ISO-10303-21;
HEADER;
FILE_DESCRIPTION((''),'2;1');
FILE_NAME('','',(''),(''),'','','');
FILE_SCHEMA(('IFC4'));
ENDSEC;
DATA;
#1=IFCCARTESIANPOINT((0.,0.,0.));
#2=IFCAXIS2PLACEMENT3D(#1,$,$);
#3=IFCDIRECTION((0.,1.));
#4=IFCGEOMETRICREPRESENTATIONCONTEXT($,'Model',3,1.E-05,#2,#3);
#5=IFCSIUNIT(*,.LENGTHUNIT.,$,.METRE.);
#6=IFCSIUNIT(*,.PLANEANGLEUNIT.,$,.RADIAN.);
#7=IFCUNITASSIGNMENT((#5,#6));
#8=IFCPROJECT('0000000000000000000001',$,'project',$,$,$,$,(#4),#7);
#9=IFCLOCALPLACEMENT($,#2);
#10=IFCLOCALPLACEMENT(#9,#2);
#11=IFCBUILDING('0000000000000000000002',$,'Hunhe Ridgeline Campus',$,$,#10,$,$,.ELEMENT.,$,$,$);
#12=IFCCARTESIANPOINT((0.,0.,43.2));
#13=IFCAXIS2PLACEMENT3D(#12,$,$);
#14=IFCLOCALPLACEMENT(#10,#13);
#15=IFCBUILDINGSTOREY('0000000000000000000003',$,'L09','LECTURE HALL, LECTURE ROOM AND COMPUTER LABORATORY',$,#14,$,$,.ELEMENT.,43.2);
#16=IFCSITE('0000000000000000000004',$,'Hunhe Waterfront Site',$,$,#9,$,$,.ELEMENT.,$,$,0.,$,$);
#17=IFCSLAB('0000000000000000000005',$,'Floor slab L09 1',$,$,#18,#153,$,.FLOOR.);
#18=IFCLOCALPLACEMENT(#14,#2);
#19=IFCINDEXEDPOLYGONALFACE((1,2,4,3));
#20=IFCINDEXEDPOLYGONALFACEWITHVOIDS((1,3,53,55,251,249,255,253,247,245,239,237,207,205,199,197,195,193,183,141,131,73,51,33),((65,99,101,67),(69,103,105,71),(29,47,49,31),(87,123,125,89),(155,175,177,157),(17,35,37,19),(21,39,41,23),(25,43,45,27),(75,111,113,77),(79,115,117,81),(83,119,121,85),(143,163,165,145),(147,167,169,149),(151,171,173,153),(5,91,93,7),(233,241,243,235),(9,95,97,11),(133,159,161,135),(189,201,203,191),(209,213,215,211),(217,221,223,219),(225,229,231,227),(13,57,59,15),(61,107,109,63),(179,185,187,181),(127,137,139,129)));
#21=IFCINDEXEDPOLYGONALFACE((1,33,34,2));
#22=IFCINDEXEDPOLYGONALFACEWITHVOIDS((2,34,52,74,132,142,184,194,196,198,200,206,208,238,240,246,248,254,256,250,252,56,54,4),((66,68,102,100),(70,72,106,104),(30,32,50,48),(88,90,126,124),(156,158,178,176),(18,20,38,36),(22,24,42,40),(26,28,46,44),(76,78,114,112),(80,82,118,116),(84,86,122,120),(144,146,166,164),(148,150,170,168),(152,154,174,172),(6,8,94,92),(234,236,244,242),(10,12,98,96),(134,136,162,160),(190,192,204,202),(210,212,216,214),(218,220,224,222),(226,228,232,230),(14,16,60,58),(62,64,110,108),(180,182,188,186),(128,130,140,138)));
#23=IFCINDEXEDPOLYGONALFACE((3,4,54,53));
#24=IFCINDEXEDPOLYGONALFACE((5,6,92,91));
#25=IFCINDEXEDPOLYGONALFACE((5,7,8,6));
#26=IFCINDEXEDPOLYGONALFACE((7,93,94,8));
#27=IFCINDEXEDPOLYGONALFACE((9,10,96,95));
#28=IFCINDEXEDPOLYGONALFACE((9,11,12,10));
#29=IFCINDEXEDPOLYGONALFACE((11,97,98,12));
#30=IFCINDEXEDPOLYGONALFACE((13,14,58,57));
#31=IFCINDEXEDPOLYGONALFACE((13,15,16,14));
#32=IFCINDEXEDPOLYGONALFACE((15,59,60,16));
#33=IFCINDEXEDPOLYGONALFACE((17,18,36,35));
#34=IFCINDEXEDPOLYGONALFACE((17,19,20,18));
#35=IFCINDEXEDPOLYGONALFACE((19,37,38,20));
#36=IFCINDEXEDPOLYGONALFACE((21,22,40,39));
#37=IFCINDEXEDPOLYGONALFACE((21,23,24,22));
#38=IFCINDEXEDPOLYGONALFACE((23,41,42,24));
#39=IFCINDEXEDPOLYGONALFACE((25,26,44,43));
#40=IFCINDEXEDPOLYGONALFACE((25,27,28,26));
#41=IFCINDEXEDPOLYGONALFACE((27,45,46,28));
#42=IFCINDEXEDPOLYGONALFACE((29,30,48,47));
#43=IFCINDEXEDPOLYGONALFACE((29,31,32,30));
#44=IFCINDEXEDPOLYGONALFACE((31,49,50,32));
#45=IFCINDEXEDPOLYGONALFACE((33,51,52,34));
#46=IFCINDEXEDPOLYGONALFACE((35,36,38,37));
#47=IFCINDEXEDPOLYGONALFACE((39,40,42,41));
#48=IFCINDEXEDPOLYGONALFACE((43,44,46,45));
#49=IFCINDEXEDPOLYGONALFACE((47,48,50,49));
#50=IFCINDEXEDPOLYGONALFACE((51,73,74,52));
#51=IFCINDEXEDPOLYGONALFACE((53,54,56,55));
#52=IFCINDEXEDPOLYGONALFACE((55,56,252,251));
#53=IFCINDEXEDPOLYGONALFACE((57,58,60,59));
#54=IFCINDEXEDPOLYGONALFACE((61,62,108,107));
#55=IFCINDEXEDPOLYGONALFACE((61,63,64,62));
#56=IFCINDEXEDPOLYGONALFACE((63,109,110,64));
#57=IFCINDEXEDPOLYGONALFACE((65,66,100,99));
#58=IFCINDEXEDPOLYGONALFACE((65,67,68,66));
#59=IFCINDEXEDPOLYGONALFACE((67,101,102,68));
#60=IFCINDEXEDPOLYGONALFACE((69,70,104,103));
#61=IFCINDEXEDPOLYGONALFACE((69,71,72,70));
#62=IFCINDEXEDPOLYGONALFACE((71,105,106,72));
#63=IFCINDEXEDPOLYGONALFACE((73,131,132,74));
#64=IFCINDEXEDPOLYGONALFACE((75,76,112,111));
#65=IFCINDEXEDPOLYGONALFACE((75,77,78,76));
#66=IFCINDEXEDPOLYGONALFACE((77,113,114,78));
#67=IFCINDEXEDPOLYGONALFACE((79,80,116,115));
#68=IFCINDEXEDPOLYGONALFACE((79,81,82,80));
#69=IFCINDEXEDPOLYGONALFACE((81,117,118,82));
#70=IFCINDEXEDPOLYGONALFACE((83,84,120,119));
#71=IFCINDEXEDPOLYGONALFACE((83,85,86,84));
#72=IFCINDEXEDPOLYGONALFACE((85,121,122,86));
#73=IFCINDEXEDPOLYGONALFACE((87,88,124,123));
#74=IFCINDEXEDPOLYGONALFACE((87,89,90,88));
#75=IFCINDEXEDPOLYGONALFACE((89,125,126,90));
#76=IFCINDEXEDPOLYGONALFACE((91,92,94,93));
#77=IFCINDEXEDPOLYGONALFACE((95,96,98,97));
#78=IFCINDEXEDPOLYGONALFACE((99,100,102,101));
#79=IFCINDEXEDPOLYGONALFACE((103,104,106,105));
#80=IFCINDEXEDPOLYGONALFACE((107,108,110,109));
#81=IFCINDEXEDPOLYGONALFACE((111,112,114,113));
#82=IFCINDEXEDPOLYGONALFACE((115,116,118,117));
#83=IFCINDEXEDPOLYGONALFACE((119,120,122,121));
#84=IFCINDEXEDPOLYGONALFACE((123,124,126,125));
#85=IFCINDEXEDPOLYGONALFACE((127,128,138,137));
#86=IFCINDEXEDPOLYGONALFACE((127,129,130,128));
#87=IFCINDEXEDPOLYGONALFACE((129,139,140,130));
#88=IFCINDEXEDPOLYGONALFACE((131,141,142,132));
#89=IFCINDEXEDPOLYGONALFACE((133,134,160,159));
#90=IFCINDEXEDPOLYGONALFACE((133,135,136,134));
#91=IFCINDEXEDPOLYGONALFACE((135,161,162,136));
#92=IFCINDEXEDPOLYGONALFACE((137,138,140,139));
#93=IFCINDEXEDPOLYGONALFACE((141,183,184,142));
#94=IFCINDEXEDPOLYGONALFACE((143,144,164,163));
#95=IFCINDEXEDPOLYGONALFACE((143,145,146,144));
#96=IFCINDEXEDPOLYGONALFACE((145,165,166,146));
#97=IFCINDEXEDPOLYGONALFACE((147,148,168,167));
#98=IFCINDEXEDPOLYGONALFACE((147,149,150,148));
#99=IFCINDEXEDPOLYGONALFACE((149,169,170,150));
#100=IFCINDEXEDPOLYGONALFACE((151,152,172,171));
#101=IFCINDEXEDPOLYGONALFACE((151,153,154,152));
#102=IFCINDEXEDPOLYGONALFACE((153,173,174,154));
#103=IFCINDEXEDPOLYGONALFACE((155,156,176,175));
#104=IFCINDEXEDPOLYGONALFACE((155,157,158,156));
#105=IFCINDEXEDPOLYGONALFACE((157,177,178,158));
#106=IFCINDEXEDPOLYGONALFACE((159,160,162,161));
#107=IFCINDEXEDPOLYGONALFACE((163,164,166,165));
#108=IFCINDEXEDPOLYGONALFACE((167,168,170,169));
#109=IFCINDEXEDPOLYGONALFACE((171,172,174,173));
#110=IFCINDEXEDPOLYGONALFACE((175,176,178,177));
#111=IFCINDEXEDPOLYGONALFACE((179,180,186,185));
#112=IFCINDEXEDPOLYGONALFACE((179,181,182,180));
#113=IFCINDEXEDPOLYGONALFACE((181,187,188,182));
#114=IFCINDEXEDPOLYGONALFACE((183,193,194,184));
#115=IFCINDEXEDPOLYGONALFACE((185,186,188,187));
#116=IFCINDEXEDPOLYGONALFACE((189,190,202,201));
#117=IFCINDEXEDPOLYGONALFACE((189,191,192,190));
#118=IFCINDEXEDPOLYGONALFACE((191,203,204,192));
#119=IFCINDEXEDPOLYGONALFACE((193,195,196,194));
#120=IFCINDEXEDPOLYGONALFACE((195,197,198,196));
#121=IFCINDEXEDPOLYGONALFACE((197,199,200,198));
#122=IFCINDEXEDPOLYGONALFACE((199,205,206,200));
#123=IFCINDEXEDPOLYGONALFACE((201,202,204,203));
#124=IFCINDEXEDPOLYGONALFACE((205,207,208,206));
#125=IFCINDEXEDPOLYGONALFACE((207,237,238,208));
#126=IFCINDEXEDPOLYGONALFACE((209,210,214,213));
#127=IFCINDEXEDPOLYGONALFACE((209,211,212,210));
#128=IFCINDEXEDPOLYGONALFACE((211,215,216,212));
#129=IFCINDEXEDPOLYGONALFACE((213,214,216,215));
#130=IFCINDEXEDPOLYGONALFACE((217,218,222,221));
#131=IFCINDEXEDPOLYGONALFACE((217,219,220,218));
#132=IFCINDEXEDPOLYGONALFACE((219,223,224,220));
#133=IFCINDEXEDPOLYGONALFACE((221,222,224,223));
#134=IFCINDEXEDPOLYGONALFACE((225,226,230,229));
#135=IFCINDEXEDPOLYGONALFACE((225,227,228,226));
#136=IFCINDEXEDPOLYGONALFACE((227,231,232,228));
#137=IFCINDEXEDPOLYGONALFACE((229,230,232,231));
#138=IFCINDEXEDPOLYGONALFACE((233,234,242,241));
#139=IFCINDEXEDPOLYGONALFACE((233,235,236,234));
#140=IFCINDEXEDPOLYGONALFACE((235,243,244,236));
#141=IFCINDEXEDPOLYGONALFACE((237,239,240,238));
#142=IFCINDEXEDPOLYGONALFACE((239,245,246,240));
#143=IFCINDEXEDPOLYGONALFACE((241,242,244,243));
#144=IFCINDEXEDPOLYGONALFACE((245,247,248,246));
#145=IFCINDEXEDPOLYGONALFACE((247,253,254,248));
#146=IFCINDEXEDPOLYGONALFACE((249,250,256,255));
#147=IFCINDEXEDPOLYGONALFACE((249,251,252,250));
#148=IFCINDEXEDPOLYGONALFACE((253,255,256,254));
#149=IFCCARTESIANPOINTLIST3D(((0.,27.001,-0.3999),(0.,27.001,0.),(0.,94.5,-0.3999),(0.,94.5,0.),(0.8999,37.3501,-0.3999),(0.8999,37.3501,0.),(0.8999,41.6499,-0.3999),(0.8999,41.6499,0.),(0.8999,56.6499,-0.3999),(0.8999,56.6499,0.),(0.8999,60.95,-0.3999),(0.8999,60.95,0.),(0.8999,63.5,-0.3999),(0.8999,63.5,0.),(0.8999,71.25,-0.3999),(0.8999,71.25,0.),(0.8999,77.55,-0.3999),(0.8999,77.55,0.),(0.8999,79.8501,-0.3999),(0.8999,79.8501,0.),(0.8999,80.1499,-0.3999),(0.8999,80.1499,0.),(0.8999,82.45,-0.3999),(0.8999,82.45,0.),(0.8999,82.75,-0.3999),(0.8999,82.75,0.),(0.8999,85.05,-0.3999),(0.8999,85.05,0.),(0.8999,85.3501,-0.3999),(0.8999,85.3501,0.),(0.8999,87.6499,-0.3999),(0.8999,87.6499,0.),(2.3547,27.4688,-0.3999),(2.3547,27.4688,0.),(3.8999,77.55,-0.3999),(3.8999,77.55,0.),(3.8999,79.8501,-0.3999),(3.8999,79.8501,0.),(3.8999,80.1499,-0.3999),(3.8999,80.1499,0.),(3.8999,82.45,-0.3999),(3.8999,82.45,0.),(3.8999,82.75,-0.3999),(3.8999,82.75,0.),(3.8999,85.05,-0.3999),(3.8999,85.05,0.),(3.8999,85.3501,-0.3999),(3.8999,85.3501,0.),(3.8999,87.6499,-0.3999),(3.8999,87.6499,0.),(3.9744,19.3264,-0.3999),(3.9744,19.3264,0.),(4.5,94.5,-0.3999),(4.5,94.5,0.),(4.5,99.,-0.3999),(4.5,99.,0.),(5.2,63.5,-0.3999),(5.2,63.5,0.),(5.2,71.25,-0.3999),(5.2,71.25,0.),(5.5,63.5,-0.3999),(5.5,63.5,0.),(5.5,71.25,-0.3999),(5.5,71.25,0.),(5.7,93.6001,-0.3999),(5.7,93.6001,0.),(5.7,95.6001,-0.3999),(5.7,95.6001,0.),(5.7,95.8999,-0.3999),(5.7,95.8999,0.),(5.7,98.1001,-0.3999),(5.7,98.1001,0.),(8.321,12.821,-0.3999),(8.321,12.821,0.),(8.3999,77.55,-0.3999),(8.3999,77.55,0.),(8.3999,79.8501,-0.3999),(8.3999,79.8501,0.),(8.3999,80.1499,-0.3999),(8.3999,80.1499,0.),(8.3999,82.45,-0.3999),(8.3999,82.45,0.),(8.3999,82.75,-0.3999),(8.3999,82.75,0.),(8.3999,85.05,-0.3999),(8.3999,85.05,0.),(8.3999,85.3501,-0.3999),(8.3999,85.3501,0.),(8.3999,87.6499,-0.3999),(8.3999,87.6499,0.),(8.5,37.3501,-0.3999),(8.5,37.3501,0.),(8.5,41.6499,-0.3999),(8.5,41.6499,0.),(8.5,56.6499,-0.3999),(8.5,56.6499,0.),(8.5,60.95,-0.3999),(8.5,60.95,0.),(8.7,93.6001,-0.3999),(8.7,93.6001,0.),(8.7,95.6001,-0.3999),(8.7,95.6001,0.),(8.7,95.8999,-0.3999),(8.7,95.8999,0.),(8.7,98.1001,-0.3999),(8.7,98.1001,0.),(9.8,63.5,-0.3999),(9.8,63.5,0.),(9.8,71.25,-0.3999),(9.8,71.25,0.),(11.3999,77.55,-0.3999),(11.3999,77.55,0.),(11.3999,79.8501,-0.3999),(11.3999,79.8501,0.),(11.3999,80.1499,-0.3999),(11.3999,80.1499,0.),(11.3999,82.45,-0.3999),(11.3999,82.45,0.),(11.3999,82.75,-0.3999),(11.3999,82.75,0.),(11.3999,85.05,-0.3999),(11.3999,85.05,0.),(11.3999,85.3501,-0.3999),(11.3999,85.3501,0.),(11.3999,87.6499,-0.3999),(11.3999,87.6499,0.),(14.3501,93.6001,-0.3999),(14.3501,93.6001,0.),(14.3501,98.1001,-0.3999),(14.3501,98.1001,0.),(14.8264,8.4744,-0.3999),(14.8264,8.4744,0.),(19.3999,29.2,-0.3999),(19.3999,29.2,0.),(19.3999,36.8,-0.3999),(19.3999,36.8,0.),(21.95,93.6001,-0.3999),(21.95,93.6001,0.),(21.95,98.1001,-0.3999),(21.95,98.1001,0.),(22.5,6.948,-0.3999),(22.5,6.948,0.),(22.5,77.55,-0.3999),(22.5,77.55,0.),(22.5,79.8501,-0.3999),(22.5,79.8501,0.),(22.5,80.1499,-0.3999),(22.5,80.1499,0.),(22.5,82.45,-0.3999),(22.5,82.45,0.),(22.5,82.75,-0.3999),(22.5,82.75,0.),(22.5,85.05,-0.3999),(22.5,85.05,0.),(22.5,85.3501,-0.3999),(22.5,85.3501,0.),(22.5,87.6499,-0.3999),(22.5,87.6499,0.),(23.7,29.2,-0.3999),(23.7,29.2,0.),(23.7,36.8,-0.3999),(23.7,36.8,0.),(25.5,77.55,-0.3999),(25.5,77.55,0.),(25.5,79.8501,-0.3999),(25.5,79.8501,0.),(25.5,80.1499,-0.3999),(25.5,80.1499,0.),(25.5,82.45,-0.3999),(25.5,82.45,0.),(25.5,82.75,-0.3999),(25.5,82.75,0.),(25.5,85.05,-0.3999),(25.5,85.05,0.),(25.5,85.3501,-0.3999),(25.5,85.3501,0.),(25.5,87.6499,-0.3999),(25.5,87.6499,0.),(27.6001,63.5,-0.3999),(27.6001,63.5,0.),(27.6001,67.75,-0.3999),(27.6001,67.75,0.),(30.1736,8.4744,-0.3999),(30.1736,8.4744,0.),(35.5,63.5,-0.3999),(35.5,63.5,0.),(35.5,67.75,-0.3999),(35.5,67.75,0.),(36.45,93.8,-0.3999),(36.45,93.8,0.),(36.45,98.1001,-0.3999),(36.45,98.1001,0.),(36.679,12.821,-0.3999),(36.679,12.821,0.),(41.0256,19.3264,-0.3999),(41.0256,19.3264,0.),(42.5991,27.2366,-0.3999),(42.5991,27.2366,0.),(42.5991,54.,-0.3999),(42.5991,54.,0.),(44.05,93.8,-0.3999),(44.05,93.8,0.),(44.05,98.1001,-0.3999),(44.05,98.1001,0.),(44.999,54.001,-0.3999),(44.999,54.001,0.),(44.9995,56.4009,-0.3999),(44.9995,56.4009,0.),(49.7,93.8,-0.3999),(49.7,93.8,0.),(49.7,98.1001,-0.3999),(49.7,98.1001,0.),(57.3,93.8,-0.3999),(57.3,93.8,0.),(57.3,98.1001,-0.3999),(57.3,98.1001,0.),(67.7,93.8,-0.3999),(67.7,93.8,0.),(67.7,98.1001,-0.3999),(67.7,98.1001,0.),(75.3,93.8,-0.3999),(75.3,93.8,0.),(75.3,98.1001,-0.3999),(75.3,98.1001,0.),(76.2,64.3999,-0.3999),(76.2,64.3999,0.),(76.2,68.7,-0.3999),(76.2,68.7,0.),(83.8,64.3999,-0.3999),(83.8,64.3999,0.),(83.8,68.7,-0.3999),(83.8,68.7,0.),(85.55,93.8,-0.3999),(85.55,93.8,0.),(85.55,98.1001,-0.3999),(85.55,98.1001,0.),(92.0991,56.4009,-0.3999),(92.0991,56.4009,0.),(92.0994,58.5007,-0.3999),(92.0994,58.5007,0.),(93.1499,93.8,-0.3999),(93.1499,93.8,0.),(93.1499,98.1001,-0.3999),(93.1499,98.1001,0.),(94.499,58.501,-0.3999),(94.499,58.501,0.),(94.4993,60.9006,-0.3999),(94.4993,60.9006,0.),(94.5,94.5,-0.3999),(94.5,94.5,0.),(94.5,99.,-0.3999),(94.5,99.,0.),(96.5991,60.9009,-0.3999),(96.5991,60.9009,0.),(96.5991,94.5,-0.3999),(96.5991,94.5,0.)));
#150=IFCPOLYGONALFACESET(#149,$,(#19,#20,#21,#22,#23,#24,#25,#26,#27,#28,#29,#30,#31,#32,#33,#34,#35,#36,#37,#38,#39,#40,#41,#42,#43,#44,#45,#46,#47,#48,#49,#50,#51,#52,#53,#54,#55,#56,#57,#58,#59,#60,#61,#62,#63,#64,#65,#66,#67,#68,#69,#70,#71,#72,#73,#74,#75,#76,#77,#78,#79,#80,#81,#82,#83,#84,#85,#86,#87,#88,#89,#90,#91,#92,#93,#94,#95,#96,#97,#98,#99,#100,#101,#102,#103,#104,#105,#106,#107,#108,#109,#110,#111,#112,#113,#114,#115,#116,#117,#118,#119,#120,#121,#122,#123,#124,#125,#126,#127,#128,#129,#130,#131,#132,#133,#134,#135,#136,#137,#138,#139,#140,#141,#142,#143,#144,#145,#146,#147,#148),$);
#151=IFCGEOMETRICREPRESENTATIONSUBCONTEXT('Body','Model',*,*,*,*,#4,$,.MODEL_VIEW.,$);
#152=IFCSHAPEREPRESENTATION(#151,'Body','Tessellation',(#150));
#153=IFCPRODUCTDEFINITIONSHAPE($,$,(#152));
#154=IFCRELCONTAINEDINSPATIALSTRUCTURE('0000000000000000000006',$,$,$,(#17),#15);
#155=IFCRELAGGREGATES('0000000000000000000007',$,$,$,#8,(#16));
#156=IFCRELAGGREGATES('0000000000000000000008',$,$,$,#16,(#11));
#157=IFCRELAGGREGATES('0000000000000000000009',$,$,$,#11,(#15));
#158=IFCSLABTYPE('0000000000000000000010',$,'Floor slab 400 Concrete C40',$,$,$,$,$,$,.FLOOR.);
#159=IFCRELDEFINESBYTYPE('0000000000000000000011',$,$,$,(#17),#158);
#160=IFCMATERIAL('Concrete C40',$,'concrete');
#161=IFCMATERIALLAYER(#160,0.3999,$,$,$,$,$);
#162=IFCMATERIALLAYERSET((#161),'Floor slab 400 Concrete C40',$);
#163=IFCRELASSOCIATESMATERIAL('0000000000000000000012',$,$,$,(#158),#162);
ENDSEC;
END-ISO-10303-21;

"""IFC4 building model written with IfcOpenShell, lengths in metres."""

from ifc_helpers import new_model, si_unit, direction, frame, origin, place, context, subcontext, project, spatial, polyline, outline, extrude, material, layer, layer_set, type_object, element, save


model = new_model("IFC4")

# Units and contexts
model_context = context("Model", 3, precision=1e-05, world=origin(), true_north=direction((0.0, 1.0)))
body_context = subcontext(model_context, "Body", "Model", "MODEL_VIEW")
ifc_project = project(units=[si_unit("LENGTHUNIT", "METRE"), si_unit("PLANEANGLEUNIT", "RADIAN")], contexts=[model_context])

# Site, building, storey
site_placement = place(None, origin())
site = spatial("IfcSite", under=ifc_project, at=site_placement, Name="Hunhe Waterfront Site", CompositionType="ELEMENT", RefElevation=0.0)
building_placement = place(site_placement, origin())
building = spatial("IfcBuilding", under=site, at=building_placement, Name="Hunhe Ridgeline Campus", CompositionType="ELEMENT")
storey_placement = place(building_placement, frame((0.0, 0.0, 43.2)))
storey = spatial("IfcBuildingStorey", under=building, at=storey_placement, Name="L09", Description="LECTURE HALL, LECTURE ROOM AND COMPUTER LABORATORY", CompositionType="ELEMENT", Elevation=43.2)

# Slab
ifc_material_1 = material(Name="Concrete C40", Category="concrete")
ifc_layer_1 = layer(ifc_material_1, 0.3999)
ifc_layer_set_1 = layer_set([ifc_layer_1], Name="Floor slab 400 Concrete C40")
slab_type_1 = type_object("IfcSlabType", Name="Floor slab 400 Concrete C40", PredefinedType="FLOOR", material=ifc_layer_set_1)
slab_1_placement = place(storey_placement, frame((0.0, 0.0, -0.3999)))
element("IfcSlab", 1, at=slab_1_placement, inside=storey, type_object=slab_type_1, Name="Floor slab L09 1", PredefinedType="FLOOR", context=body_context, shape_type="SweptSolid", body=[
    extrude(outline(polyline([(4.5, 94.5), (0.0, 94.5), (0.0, 27.001), (2.3547, 27.4688), (3.9744, 19.3264), (8.321, 12.821), (14.8264, 8.4744), (22.5, 6.948), (30.1736, 8.4744), (36.679, 12.821), (41.0256, 19.3264), (42.5991, 27.2366), (42.5991, 54.0), (44.999, 54.001), (44.9995, 56.4009), (92.0991, 56.4009), (92.0994, 58.5007), (94.499, 58.501), (94.4993, 60.9006), (96.5991, 60.9009), (96.5991, 94.5), (94.5, 94.5), (94.5, 99.0), (4.5, 99.0), (4.5, 94.5)]), holes=[polyline([(93.1499, 93.8), (93.1499, 98.1001), (85.55, 98.1001), (85.55, 93.8), (93.1499, 93.8)]), polyline([(76.2, 68.7), (76.2, 64.3999), (83.8, 64.3999), (83.8, 68.7), (76.2, 68.7)]), polyline([(75.3, 98.1001), (67.7, 98.1001), (67.7, 93.8), (75.3, 93.8), (75.3, 98.1001)]), polyline([(49.7, 98.1001), (49.7, 93.8), (57.3, 93.8), (57.3, 98.1001), (49.7, 98.1001)]), polyline([(36.45, 93.8), (44.05, 93.8), (44.05, 98.1001), (36.45, 98.1001), (36.45, 93.8)]), polyline([(35.5, 63.5), (35.5, 67.75), (27.6001, 67.75), (27.6001, 63.5), (35.5, 63.5)]), polyline([(25.5, 80.1499), (25.5, 82.45), (22.5, 82.45), (22.5, 80.1499), (25.5, 80.1499)]), polyline([(25.5, 79.8501), (22.5, 79.8501), (22.5, 77.55), (25.5, 77.55), (25.5, 79.8501)]), polyline([(22.5, 87.6499), (22.5, 85.3501), (25.5, 85.3501), (25.5, 87.6499), (22.5, 87.6499)]), polyline([(22.5, 82.75), (25.5, 82.75), (25.5, 85.05), (22.5, 85.05), (22.5, 82.75)]), polyline([(23.7, 29.2), (23.7, 36.8), (19.3999, 36.8), (19.3999, 29.2), (23.7, 29.2)]), polyline([(14.3501, 93.6001), (21.95, 93.6001), (21.95, 98.1001), (14.3501, 98.1001), (14.3501, 93.6001)]), polyline([(11.3999, 79.8501), (8.3999, 79.8501), (8.3999, 77.55), (11.3999, 77.55), (11.3999, 79.8501)]), polyline([(11.3999, 80.1499), (11.3999, 82.45), (8.3999, 82.45), (8.3999, 80.1499), (11.3999, 80.1499)]), polyline([(8.3999, 87.6499), (8.3999, 85.3501), (11.3999, 85.3501), (11.3999, 87.6499), (8.3999, 87.6499)]), polyline([(8.3999, 82.75), (11.3999, 82.75), (11.3999, 85.05), (8.3999, 85.05), (8.3999, 82.75)]), polyline([(9.8, 71.25), (5.5, 71.25), (5.5, 63.5), (9.8, 63.5), (9.8, 71.25)]), polyline([(8.7, 95.8999), (8.7, 98.1001), (5.7, 98.1001), (5.7, 95.8999), (8.7, 95.8999)]), polyline([(8.7, 95.6001), (5.7, 95.6001), (5.7, 93.6001), (8.7, 93.6001), (8.7, 95.6001)]), polyline([(0.8999, 37.3501), (8.5, 37.3501), (8.5, 41.6499), (0.8999, 41.6499), (0.8999, 37.3501)]), polyline([(0.8999, 60.95), (0.8999, 56.6499), (8.5, 56.6499), (8.5, 60.95), (0.8999, 60.95)]), polyline([(0.8999, 71.25), (0.8999, 63.5), (5.2, 63.5), (5.2, 71.25), (0.8999, 71.25)]), polyline([(3.8999, 80.1499), (3.8999, 82.45), (0.8999, 82.45), (0.8999, 80.1499), (3.8999, 80.1499)]), polyline([(3.8999, 79.8501), (0.8999, 79.8501), (0.8999, 77.55), (3.8999, 77.55), (3.8999, 79.8501)]), polyline([(0.8999, 87.6499), (0.8999, 85.3501), (3.8999, 85.3501), (3.8999, 87.6499), (0.8999, 87.6499)]), polyline([(0.8999, 82.75), (3.8999, 82.75), (3.8999, 85.05), (0.8999, 85.05), (0.8999, 82.75)])]), origin(), (0.0, 0.0, 1.0), 0.3999),
])

save(model, "model.ifc")
